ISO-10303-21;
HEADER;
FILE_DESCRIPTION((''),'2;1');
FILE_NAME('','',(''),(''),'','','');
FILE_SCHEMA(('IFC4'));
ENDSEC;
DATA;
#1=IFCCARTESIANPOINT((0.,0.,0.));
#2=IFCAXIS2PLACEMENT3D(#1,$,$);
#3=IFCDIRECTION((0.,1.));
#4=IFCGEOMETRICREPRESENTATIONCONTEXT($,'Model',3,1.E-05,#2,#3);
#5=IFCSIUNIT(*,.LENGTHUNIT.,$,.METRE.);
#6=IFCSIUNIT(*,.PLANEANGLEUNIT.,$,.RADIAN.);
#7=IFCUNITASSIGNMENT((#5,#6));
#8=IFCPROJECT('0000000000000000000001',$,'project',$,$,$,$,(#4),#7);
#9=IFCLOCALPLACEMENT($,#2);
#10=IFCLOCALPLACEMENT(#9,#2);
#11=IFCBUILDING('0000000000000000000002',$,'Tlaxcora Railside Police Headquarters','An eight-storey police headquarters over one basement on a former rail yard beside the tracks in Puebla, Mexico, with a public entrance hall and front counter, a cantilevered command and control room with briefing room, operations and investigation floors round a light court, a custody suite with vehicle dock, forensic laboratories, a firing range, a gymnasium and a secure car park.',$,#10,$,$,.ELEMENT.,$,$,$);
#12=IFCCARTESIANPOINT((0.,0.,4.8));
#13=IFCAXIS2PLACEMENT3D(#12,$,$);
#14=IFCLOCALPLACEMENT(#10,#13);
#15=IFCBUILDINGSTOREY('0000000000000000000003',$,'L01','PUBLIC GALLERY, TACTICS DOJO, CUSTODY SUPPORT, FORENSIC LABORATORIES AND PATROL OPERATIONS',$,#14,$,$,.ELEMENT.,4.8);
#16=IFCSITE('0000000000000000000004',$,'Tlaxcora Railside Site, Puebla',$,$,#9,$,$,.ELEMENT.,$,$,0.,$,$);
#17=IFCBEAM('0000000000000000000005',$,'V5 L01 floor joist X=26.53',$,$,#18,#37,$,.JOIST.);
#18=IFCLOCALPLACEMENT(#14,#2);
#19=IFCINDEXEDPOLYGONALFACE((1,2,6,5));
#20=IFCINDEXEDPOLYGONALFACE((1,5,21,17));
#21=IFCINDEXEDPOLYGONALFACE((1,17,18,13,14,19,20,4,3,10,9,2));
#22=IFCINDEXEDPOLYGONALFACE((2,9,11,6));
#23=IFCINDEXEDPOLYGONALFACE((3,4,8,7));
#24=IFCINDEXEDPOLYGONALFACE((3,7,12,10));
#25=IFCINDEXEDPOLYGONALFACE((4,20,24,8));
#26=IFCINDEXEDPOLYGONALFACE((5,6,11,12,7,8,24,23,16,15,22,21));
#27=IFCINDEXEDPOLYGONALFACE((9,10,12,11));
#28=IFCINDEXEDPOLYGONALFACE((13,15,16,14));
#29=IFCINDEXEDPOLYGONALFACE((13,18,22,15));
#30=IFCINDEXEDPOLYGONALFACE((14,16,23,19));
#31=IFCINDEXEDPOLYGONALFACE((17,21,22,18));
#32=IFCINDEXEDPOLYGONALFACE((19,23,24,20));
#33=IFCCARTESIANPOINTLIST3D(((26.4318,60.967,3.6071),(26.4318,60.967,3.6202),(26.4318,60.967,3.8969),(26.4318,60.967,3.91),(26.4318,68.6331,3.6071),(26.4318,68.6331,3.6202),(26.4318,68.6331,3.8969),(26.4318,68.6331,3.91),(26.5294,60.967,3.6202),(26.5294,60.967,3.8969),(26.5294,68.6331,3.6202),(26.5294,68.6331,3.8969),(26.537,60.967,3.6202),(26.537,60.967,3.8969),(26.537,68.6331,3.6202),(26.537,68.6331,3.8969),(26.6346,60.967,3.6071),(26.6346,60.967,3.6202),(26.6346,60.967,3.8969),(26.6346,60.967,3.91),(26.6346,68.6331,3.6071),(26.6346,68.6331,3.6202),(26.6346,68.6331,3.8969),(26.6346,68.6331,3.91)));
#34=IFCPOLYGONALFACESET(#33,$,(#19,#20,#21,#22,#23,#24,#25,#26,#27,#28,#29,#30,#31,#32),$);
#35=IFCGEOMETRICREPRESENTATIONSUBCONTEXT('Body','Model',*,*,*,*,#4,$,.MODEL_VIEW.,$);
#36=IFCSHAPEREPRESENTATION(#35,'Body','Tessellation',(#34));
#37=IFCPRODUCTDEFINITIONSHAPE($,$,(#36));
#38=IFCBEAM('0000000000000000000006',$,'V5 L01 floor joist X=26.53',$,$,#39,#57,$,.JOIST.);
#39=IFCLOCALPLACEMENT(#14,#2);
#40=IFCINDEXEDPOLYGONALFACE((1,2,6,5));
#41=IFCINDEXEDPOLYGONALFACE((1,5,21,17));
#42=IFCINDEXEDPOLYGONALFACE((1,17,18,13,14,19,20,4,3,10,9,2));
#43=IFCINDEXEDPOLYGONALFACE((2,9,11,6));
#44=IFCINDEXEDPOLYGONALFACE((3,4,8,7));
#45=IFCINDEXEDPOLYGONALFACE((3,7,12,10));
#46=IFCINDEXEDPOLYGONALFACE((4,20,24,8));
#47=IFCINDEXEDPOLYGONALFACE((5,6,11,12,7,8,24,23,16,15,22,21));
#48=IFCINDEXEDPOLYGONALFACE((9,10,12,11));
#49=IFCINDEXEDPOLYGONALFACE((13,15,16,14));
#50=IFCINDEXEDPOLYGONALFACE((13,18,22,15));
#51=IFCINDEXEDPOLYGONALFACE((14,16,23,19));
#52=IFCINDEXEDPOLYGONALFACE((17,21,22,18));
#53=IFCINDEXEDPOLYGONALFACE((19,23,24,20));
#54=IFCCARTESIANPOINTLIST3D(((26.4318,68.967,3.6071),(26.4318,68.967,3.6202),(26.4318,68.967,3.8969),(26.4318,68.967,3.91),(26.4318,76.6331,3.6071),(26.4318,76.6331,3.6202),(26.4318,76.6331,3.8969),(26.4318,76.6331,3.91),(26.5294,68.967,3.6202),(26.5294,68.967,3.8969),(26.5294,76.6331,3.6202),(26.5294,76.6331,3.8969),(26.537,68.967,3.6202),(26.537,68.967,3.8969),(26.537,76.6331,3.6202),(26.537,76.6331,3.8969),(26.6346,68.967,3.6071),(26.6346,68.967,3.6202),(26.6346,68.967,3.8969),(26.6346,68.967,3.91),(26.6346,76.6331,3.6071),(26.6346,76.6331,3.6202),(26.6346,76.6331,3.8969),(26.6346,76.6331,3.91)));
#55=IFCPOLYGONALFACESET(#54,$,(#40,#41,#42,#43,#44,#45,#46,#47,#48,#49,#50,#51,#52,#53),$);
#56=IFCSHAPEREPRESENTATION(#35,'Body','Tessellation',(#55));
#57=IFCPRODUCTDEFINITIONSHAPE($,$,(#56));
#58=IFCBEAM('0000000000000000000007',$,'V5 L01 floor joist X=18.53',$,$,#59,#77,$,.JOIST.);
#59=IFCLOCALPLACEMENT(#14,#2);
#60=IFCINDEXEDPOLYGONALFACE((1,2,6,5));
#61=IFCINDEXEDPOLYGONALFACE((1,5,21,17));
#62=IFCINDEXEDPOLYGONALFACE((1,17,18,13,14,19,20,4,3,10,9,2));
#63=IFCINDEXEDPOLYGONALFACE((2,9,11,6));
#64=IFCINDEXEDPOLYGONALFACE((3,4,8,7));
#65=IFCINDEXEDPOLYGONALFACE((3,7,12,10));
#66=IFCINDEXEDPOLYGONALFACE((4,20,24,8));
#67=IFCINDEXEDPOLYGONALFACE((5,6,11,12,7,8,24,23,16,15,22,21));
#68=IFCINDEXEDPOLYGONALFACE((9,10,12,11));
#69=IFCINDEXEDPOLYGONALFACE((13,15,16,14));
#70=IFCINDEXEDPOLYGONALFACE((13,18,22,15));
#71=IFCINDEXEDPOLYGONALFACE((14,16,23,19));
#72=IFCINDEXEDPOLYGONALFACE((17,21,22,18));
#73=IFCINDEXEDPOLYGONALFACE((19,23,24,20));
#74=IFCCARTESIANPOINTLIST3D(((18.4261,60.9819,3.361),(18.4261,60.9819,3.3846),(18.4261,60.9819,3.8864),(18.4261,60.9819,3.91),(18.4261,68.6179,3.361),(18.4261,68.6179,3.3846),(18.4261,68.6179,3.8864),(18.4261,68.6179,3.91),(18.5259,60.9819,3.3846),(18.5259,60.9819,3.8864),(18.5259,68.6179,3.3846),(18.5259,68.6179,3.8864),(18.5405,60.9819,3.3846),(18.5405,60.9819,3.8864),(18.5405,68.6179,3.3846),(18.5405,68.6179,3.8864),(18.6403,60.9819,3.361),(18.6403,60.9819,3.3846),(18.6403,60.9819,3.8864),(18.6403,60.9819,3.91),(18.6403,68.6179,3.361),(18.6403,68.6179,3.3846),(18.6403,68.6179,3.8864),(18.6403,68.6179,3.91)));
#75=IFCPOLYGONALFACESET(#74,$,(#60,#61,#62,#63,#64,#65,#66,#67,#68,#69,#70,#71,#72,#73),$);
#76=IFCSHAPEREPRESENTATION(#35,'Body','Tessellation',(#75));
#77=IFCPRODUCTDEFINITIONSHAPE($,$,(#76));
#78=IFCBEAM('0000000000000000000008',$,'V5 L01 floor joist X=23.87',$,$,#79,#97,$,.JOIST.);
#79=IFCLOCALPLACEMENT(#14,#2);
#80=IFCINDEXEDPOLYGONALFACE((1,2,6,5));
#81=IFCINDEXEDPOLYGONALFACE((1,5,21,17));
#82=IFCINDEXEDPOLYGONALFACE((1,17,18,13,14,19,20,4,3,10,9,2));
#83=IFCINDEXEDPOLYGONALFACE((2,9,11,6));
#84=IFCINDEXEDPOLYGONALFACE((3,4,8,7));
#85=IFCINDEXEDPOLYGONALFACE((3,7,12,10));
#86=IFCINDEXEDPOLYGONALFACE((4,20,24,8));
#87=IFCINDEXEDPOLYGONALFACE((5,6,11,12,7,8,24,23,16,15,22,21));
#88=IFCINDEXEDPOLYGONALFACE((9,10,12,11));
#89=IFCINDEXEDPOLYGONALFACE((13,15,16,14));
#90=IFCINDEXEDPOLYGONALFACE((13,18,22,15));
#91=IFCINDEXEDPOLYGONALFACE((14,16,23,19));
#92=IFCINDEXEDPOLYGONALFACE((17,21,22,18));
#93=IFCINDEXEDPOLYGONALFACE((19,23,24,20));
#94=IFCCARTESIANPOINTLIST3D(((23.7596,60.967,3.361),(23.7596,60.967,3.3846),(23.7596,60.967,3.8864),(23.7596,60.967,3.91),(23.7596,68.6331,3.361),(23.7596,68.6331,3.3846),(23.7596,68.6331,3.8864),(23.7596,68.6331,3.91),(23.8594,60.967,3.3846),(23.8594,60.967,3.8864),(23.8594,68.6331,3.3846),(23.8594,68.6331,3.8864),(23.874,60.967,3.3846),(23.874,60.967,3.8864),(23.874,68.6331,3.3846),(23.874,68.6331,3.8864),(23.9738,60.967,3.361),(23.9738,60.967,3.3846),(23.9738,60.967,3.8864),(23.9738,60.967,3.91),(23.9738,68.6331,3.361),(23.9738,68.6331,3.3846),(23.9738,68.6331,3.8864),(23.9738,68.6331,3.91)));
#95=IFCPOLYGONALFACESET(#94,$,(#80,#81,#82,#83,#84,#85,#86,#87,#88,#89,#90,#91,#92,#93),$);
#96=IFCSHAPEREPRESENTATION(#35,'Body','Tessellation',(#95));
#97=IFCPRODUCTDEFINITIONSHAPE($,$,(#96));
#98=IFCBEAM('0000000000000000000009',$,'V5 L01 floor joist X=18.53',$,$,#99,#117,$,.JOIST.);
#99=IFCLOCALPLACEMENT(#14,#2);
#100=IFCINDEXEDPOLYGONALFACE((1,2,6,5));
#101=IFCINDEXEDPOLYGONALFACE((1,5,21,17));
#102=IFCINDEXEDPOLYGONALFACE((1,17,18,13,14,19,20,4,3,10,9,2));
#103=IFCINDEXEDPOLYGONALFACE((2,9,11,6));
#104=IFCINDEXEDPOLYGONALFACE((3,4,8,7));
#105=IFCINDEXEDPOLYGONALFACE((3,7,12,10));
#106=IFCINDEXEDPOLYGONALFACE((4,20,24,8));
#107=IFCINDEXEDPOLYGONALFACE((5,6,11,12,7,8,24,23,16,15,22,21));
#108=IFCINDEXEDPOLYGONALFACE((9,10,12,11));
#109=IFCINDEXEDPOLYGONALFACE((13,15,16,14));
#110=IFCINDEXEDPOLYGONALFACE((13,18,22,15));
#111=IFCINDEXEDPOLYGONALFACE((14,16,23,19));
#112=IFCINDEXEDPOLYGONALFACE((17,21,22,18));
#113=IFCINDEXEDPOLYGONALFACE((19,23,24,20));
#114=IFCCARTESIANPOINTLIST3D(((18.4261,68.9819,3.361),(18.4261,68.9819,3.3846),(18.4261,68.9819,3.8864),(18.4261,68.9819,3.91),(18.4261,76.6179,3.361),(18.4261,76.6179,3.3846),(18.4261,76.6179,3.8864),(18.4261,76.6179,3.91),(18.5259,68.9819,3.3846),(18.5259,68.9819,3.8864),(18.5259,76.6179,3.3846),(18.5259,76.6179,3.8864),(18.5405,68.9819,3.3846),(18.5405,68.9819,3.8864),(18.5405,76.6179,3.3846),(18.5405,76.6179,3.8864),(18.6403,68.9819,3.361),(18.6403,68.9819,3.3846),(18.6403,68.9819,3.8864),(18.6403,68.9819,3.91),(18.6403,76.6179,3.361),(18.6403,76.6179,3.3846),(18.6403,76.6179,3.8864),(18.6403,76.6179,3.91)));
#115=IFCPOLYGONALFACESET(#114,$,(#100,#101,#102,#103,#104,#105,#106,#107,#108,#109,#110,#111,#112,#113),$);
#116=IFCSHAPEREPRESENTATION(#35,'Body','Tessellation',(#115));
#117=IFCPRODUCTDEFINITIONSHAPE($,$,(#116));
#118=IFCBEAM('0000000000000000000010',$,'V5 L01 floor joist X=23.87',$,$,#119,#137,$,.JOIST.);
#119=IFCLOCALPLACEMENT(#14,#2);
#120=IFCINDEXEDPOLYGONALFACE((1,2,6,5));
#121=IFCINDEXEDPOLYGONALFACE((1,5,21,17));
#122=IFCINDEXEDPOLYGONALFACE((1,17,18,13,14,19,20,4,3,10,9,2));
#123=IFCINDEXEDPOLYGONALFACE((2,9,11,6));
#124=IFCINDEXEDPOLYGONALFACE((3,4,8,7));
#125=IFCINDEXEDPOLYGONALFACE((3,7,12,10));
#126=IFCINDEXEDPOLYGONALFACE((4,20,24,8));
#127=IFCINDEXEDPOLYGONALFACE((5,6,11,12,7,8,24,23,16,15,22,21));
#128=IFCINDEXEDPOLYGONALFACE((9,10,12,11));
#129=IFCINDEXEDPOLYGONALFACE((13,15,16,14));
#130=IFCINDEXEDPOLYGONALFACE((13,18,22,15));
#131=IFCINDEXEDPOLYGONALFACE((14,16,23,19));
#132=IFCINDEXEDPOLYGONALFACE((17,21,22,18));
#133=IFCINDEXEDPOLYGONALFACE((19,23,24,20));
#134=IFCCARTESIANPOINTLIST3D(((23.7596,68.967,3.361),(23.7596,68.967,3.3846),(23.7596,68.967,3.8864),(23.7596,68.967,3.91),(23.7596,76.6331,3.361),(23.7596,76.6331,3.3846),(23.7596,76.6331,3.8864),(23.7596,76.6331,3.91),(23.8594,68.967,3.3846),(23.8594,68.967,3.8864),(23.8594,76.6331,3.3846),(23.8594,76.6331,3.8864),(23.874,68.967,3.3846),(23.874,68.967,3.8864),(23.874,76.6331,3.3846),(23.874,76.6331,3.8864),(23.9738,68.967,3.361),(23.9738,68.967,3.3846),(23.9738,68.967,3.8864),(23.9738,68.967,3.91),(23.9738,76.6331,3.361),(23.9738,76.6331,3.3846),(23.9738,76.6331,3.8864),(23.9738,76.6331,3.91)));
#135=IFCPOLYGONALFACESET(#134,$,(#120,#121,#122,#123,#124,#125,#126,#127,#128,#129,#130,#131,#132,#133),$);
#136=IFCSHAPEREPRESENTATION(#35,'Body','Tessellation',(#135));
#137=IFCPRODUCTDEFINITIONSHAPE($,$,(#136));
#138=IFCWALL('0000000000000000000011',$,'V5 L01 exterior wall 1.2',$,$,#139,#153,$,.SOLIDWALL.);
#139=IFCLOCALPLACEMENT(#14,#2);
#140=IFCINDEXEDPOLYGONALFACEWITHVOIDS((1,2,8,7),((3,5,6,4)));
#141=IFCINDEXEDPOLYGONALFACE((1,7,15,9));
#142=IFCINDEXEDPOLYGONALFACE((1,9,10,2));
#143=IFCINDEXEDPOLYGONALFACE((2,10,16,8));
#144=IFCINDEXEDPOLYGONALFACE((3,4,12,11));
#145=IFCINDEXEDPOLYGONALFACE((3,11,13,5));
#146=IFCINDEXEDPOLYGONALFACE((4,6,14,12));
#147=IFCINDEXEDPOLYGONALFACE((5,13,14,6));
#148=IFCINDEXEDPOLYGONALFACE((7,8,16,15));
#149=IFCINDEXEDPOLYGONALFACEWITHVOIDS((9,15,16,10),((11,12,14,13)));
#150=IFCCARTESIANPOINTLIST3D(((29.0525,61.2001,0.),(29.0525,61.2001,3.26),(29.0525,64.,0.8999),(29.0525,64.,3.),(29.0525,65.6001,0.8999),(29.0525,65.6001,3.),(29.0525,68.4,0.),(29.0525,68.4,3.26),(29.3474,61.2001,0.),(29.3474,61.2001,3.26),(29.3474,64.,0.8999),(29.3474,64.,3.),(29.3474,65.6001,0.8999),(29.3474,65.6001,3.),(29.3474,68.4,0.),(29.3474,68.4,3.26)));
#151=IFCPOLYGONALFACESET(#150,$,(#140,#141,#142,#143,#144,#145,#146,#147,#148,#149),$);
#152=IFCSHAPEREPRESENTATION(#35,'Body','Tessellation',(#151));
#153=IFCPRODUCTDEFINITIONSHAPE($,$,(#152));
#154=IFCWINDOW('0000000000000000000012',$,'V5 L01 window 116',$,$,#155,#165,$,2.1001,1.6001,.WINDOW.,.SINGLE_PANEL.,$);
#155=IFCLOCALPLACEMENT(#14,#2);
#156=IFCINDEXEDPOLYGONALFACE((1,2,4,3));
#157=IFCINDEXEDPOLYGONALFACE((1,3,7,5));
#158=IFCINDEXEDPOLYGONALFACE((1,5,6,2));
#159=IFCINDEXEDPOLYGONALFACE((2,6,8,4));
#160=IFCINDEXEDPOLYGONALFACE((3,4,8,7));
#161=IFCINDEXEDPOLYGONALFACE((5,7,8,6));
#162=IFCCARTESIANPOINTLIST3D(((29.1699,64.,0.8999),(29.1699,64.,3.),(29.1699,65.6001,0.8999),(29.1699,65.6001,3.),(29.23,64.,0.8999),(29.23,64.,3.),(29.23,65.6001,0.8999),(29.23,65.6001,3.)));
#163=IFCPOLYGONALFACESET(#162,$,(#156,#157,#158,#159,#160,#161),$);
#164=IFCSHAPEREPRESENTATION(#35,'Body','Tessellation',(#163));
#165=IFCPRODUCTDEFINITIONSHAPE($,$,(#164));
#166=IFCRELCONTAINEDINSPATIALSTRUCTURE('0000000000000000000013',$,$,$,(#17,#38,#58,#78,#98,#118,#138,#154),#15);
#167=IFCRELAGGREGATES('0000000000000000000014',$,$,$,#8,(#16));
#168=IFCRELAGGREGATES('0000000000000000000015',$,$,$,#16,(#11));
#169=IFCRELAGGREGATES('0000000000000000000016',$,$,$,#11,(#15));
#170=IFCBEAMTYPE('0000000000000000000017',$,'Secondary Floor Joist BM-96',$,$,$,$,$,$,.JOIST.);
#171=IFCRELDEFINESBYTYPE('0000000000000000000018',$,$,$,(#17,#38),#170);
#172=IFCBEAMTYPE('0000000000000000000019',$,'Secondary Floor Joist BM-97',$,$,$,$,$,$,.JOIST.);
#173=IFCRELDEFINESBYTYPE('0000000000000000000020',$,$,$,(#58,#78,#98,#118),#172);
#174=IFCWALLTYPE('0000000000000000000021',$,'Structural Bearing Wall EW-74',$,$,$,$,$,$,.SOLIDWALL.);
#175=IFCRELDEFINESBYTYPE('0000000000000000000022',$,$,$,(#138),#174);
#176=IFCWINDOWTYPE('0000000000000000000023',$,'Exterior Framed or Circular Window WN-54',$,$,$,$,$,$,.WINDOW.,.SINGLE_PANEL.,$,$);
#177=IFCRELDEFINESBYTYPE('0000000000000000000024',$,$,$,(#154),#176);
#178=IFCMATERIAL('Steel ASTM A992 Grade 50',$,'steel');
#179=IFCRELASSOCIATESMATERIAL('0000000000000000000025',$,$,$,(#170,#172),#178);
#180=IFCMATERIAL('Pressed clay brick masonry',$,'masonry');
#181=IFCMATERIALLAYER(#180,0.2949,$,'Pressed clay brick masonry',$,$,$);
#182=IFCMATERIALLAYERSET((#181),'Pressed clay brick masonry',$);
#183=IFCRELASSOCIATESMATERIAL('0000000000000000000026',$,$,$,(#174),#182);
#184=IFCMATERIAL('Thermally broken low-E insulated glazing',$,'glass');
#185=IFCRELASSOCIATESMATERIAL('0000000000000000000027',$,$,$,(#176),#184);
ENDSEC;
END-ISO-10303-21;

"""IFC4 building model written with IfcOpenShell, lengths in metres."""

from ifc_helpers import new_model, si_unit, direction, frame, frame_2d, origin, origin_2d, place, context, subcontext, project, spatial, rectangle, i_section, extrude, material, layer, layer_set, material_profile, profile_set, type_object, element, fill, save


model = new_model("IFC4")

# Units and contexts
model_context = context("Model", 3, precision=1e-05, world=origin(), true_north=direction((0.0, 1.0)))
body_context = subcontext(model_context, "Body", "Model", "MODEL_VIEW")
ifc_project = project(units=[si_unit("LENGTHUNIT", "METRE"), si_unit("PLANEANGLEUNIT", "RADIAN")], contexts=[model_context])

# Site, building, storey
site_placement = place(None, origin())
site = spatial("IfcSite", under=ifc_project, at=site_placement, Name="Tlaxcora Railside Site, Puebla", CompositionType="ELEMENT", RefElevation=0.0)
building_placement = place(site_placement, origin())
building = spatial("IfcBuilding", under=site, at=building_placement, Name="Tlaxcora Railside Police Headquarters", Description="An eight-storey police headquarters over one basement on a former rail yard beside the tracks in Puebla, Mexico, with a public entrance hall and front counter, a cantilevered command and control room with briefing room, operations and investigation floors round a light court, a custody suite with vehicle dock, forensic laboratories, a firing range, a gymnasium and a secure car park.", CompositionType="ELEMENT")
storey_placement = place(building_placement, frame((0.0, 0.0, 4.8)))
storey = spatial("IfcBuildingStorey", under=building, at=storey_placement, Name="L01", Description="PUBLIC GALLERY, TACTICS DOJO, CUSTODY SUPPORT, FORENSIC LABORATORIES AND PATROL OPERATIONS", CompositionType="ELEMENT", Elevation=4.8)

# Beams
ifc_material_1 = material(Name="Steel ASTM A992 Grade 50", Category="steel")
ifc_material_profile_1 = material_profile(ifc_material_1, i_section(OverallWidth=0.2029, OverallDepth=0.303, WebThickness=0.0076, FlangeThickness=0.0132, at=origin_2d()), Name="W12X40")
ifc_profile_set_1 = profile_set([ifc_material_profile_1], Name="Steel ASTM A992 Grade 50")
beam_type_1 = type_object("IfcBeamType", Name="Secondary Floor Joist BM-96", PredefinedType="JOIST", material=ifc_profile_set_1)
for number, where, z_axis, x_axis, name in (
    (1, (26.5332, 60.967, 3.7585), (0.0, 1.0, 0.0), (-1.0, 0.0, 0.0), "V5 L01 floor joist X=26.53"),
    (2, (26.5332, 68.967, 3.7585), (0.0, 1.0, 0.0), (-1.0, 0.0, 0.0), "V5 L01 floor joist X=26.53"),
):
    element("IfcBeam", number, at=place(storey_placement, frame(where, z_axis=z_axis, x_axis=x_axis)), inside=storey, type_object=beam_type_1, Name=name, PredefinedType="JOIST", context=body_context, shape_type="SweptSolid", body=[
        extrude(i_section(OverallWidth=0.2029, OverallDepth=0.303, WebThickness=0.0076, FlangeThickness=0.0132, at=origin_2d()), origin(), (0.0, 0.0, 1.0), 7.666),
    ])
ifc_material_profile_2 = material_profile(ifc_material_1, i_section(OverallWidth=0.2141, OverallDepth=0.5491, WebThickness=0.0146, FlangeThickness=0.0237, at=origin_2d()), Name="W21X93")
ifc_profile_set_2 = profile_set([ifc_material_profile_2], Name="Steel ASTM A992 Grade 50")
beam_type_2 = type_object("IfcBeamType", Name="Secondary Floor Joist BM-97", PredefinedType="JOIST", material=ifc_profile_set_2)
beam_1_placement = place(storey_placement, frame((18.5332, 60.9819, 3.6355), z_axis=(0.0, 1.0, 0.0), x_axis=(-1.0, 0.0, 0.0)))
element("IfcBeam", 3, at=beam_1_placement, inside=storey, type_object=beam_type_2, Name="V5 L01 floor joist X=18.53", PredefinedType="JOIST", context=body_context, shape_type="SweptSolid", body=[
    extrude(i_section(OverallWidth=0.2141, OverallDepth=0.5491, WebThickness=0.0146, FlangeThickness=0.0237, at=origin_2d()), origin(), (0.0, 0.0, 1.0), 7.636),
])
beam_2_placement = place(storey_placement, frame((23.8667, 60.967, 3.6355), z_axis=(0.0, 1.0, 0.0), x_axis=(-1.0, 0.0, 0.0)))
element("IfcBeam", 4, at=beam_2_placement, inside=storey, type_object=beam_type_2, Name="V5 L01 floor joist X=23.87", PredefinedType="JOIST", context=body_context, shape_type="SweptSolid", body=[
    extrude(i_section(OverallWidth=0.2141, OverallDepth=0.5491, WebThickness=0.0146, FlangeThickness=0.0237, at=origin_2d()), origin(), (0.0, 0.0, 1.0), 7.666),
])
beam_3_placement = place(storey_placement, frame((18.5332, 68.9819, 3.6355), z_axis=(0.0, 1.0, 0.0), x_axis=(-1.0, 0.0, 0.0)))
element("IfcBeam", 5, at=beam_3_placement, inside=storey, type_object=beam_type_2, Name="V5 L01 floor joist X=18.53", PredefinedType="JOIST", context=body_context, shape_type="SweptSolid", body=[
    extrude(i_section(OverallWidth=0.2141, OverallDepth=0.5491, WebThickness=0.0146, FlangeThickness=0.0237, at=origin_2d()), origin(), (0.0, 0.0, 1.0), 7.636),
])
beam_4_placement = place(storey_placement, frame((23.8667, 68.967, 3.6355), z_axis=(0.0, 1.0, 0.0), x_axis=(-1.0, 0.0, 0.0)))
element("IfcBeam", 6, at=beam_4_placement, inside=storey, type_object=beam_type_2, Name="V5 L01 floor joist X=23.87", PredefinedType="JOIST", context=body_context, shape_type="SweptSolid", body=[
    extrude(i_section(OverallWidth=0.2141, OverallDepth=0.5491, WebThickness=0.0146, FlangeThickness=0.0237, at=origin_2d()), origin(), (0.0, 0.0, 1.0), 7.666),
])

# Wall, opening, window
ifc_material_2 = material(Name="Pressed clay brick masonry", Category="masonry")
ifc_layer_1 = layer(ifc_material_2, 0.2949, Name="Pressed clay brick masonry")
ifc_layer_set_1 = layer_set([ifc_layer_1], Name="Pressed clay brick masonry")
wall_type = type_object("IfcWallType", Name="Structural Bearing Wall EW-74", PredefinedType="SOLIDWALL", material=ifc_layer_set_1)
wall_1_placement = place(storey_placement, frame((29.2, 61.2, 0.0), z_axis=(0.0, 0.0, 1.0), x_axis=(0.0, 1.0, 0.0)))
wall_1 = element("IfcWall", 7, at=wall_1_placement, inside=storey, type_object=wall_type, Name="V5 L01 exterior wall 1.2", PredefinedType="SOLIDWALL", context=body_context, shape_type="SweptSolid", body=[
    extrude(rectangle(XDim=7.2, YDim=0.2949, at=frame_2d((3.6001, 0.0))), origin(), (0.0, 0.0, 1.0), 3.26),
])
opening_1_placement = place(wall_1_placement, frame((2.8, 0.0, 0.8999)))
opening_1 = element("IfcOpeningElement", 8, at=opening_1_placement, cuts=wall_1, PredefinedType="OPENING", context=body_context, shape_type="SweptSolid", body=[
    extrude(rectangle(XDim=1.6001, YDim=2.1001, at=frame_2d((0.8, 1.05))), frame((0.0, 0.1575, 0.0), z_axis=(0.0, -1.0, 0.0), x_axis=(1.0, 0.0, 0.0)), (0.0, 0.0, 1.0), 0.3149),
])
ifc_material_3 = material(Name="Thermally broken low-E insulated glazing", Category="glass")
window_type = type_object("IfcWindowType", Name="Exterior Framed or Circular Window WN-54", PartitioningType="SINGLE_PANEL", PredefinedType="WINDOW", material=ifc_material_3)
window_1_placement = place(opening_1_placement, origin())
window_1 = element("IfcWindow", 9, at=window_1_placement, inside=storey, type_object=window_type, Name="V5 L01 window 116", OverallHeight=2.1001, OverallWidth=1.6001, PartitioningType="SINGLE_PANEL", PredefinedType="WINDOW", context=body_context, shape_type="SweptSolid", body=[
    extrude(rectangle(XDim=1.6001, YDim=2.1001, at=frame_2d((0.8, 1.05))), frame((0.0, 0.03, 0.0), z_axis=(0.0, -1.0, 0.0), x_axis=(1.0, 0.0, 0.0)), (0.0, 0.0, 1.0), 0.0601),
])
fill(opening_1, window_1)

save(model, "model.ifc")
